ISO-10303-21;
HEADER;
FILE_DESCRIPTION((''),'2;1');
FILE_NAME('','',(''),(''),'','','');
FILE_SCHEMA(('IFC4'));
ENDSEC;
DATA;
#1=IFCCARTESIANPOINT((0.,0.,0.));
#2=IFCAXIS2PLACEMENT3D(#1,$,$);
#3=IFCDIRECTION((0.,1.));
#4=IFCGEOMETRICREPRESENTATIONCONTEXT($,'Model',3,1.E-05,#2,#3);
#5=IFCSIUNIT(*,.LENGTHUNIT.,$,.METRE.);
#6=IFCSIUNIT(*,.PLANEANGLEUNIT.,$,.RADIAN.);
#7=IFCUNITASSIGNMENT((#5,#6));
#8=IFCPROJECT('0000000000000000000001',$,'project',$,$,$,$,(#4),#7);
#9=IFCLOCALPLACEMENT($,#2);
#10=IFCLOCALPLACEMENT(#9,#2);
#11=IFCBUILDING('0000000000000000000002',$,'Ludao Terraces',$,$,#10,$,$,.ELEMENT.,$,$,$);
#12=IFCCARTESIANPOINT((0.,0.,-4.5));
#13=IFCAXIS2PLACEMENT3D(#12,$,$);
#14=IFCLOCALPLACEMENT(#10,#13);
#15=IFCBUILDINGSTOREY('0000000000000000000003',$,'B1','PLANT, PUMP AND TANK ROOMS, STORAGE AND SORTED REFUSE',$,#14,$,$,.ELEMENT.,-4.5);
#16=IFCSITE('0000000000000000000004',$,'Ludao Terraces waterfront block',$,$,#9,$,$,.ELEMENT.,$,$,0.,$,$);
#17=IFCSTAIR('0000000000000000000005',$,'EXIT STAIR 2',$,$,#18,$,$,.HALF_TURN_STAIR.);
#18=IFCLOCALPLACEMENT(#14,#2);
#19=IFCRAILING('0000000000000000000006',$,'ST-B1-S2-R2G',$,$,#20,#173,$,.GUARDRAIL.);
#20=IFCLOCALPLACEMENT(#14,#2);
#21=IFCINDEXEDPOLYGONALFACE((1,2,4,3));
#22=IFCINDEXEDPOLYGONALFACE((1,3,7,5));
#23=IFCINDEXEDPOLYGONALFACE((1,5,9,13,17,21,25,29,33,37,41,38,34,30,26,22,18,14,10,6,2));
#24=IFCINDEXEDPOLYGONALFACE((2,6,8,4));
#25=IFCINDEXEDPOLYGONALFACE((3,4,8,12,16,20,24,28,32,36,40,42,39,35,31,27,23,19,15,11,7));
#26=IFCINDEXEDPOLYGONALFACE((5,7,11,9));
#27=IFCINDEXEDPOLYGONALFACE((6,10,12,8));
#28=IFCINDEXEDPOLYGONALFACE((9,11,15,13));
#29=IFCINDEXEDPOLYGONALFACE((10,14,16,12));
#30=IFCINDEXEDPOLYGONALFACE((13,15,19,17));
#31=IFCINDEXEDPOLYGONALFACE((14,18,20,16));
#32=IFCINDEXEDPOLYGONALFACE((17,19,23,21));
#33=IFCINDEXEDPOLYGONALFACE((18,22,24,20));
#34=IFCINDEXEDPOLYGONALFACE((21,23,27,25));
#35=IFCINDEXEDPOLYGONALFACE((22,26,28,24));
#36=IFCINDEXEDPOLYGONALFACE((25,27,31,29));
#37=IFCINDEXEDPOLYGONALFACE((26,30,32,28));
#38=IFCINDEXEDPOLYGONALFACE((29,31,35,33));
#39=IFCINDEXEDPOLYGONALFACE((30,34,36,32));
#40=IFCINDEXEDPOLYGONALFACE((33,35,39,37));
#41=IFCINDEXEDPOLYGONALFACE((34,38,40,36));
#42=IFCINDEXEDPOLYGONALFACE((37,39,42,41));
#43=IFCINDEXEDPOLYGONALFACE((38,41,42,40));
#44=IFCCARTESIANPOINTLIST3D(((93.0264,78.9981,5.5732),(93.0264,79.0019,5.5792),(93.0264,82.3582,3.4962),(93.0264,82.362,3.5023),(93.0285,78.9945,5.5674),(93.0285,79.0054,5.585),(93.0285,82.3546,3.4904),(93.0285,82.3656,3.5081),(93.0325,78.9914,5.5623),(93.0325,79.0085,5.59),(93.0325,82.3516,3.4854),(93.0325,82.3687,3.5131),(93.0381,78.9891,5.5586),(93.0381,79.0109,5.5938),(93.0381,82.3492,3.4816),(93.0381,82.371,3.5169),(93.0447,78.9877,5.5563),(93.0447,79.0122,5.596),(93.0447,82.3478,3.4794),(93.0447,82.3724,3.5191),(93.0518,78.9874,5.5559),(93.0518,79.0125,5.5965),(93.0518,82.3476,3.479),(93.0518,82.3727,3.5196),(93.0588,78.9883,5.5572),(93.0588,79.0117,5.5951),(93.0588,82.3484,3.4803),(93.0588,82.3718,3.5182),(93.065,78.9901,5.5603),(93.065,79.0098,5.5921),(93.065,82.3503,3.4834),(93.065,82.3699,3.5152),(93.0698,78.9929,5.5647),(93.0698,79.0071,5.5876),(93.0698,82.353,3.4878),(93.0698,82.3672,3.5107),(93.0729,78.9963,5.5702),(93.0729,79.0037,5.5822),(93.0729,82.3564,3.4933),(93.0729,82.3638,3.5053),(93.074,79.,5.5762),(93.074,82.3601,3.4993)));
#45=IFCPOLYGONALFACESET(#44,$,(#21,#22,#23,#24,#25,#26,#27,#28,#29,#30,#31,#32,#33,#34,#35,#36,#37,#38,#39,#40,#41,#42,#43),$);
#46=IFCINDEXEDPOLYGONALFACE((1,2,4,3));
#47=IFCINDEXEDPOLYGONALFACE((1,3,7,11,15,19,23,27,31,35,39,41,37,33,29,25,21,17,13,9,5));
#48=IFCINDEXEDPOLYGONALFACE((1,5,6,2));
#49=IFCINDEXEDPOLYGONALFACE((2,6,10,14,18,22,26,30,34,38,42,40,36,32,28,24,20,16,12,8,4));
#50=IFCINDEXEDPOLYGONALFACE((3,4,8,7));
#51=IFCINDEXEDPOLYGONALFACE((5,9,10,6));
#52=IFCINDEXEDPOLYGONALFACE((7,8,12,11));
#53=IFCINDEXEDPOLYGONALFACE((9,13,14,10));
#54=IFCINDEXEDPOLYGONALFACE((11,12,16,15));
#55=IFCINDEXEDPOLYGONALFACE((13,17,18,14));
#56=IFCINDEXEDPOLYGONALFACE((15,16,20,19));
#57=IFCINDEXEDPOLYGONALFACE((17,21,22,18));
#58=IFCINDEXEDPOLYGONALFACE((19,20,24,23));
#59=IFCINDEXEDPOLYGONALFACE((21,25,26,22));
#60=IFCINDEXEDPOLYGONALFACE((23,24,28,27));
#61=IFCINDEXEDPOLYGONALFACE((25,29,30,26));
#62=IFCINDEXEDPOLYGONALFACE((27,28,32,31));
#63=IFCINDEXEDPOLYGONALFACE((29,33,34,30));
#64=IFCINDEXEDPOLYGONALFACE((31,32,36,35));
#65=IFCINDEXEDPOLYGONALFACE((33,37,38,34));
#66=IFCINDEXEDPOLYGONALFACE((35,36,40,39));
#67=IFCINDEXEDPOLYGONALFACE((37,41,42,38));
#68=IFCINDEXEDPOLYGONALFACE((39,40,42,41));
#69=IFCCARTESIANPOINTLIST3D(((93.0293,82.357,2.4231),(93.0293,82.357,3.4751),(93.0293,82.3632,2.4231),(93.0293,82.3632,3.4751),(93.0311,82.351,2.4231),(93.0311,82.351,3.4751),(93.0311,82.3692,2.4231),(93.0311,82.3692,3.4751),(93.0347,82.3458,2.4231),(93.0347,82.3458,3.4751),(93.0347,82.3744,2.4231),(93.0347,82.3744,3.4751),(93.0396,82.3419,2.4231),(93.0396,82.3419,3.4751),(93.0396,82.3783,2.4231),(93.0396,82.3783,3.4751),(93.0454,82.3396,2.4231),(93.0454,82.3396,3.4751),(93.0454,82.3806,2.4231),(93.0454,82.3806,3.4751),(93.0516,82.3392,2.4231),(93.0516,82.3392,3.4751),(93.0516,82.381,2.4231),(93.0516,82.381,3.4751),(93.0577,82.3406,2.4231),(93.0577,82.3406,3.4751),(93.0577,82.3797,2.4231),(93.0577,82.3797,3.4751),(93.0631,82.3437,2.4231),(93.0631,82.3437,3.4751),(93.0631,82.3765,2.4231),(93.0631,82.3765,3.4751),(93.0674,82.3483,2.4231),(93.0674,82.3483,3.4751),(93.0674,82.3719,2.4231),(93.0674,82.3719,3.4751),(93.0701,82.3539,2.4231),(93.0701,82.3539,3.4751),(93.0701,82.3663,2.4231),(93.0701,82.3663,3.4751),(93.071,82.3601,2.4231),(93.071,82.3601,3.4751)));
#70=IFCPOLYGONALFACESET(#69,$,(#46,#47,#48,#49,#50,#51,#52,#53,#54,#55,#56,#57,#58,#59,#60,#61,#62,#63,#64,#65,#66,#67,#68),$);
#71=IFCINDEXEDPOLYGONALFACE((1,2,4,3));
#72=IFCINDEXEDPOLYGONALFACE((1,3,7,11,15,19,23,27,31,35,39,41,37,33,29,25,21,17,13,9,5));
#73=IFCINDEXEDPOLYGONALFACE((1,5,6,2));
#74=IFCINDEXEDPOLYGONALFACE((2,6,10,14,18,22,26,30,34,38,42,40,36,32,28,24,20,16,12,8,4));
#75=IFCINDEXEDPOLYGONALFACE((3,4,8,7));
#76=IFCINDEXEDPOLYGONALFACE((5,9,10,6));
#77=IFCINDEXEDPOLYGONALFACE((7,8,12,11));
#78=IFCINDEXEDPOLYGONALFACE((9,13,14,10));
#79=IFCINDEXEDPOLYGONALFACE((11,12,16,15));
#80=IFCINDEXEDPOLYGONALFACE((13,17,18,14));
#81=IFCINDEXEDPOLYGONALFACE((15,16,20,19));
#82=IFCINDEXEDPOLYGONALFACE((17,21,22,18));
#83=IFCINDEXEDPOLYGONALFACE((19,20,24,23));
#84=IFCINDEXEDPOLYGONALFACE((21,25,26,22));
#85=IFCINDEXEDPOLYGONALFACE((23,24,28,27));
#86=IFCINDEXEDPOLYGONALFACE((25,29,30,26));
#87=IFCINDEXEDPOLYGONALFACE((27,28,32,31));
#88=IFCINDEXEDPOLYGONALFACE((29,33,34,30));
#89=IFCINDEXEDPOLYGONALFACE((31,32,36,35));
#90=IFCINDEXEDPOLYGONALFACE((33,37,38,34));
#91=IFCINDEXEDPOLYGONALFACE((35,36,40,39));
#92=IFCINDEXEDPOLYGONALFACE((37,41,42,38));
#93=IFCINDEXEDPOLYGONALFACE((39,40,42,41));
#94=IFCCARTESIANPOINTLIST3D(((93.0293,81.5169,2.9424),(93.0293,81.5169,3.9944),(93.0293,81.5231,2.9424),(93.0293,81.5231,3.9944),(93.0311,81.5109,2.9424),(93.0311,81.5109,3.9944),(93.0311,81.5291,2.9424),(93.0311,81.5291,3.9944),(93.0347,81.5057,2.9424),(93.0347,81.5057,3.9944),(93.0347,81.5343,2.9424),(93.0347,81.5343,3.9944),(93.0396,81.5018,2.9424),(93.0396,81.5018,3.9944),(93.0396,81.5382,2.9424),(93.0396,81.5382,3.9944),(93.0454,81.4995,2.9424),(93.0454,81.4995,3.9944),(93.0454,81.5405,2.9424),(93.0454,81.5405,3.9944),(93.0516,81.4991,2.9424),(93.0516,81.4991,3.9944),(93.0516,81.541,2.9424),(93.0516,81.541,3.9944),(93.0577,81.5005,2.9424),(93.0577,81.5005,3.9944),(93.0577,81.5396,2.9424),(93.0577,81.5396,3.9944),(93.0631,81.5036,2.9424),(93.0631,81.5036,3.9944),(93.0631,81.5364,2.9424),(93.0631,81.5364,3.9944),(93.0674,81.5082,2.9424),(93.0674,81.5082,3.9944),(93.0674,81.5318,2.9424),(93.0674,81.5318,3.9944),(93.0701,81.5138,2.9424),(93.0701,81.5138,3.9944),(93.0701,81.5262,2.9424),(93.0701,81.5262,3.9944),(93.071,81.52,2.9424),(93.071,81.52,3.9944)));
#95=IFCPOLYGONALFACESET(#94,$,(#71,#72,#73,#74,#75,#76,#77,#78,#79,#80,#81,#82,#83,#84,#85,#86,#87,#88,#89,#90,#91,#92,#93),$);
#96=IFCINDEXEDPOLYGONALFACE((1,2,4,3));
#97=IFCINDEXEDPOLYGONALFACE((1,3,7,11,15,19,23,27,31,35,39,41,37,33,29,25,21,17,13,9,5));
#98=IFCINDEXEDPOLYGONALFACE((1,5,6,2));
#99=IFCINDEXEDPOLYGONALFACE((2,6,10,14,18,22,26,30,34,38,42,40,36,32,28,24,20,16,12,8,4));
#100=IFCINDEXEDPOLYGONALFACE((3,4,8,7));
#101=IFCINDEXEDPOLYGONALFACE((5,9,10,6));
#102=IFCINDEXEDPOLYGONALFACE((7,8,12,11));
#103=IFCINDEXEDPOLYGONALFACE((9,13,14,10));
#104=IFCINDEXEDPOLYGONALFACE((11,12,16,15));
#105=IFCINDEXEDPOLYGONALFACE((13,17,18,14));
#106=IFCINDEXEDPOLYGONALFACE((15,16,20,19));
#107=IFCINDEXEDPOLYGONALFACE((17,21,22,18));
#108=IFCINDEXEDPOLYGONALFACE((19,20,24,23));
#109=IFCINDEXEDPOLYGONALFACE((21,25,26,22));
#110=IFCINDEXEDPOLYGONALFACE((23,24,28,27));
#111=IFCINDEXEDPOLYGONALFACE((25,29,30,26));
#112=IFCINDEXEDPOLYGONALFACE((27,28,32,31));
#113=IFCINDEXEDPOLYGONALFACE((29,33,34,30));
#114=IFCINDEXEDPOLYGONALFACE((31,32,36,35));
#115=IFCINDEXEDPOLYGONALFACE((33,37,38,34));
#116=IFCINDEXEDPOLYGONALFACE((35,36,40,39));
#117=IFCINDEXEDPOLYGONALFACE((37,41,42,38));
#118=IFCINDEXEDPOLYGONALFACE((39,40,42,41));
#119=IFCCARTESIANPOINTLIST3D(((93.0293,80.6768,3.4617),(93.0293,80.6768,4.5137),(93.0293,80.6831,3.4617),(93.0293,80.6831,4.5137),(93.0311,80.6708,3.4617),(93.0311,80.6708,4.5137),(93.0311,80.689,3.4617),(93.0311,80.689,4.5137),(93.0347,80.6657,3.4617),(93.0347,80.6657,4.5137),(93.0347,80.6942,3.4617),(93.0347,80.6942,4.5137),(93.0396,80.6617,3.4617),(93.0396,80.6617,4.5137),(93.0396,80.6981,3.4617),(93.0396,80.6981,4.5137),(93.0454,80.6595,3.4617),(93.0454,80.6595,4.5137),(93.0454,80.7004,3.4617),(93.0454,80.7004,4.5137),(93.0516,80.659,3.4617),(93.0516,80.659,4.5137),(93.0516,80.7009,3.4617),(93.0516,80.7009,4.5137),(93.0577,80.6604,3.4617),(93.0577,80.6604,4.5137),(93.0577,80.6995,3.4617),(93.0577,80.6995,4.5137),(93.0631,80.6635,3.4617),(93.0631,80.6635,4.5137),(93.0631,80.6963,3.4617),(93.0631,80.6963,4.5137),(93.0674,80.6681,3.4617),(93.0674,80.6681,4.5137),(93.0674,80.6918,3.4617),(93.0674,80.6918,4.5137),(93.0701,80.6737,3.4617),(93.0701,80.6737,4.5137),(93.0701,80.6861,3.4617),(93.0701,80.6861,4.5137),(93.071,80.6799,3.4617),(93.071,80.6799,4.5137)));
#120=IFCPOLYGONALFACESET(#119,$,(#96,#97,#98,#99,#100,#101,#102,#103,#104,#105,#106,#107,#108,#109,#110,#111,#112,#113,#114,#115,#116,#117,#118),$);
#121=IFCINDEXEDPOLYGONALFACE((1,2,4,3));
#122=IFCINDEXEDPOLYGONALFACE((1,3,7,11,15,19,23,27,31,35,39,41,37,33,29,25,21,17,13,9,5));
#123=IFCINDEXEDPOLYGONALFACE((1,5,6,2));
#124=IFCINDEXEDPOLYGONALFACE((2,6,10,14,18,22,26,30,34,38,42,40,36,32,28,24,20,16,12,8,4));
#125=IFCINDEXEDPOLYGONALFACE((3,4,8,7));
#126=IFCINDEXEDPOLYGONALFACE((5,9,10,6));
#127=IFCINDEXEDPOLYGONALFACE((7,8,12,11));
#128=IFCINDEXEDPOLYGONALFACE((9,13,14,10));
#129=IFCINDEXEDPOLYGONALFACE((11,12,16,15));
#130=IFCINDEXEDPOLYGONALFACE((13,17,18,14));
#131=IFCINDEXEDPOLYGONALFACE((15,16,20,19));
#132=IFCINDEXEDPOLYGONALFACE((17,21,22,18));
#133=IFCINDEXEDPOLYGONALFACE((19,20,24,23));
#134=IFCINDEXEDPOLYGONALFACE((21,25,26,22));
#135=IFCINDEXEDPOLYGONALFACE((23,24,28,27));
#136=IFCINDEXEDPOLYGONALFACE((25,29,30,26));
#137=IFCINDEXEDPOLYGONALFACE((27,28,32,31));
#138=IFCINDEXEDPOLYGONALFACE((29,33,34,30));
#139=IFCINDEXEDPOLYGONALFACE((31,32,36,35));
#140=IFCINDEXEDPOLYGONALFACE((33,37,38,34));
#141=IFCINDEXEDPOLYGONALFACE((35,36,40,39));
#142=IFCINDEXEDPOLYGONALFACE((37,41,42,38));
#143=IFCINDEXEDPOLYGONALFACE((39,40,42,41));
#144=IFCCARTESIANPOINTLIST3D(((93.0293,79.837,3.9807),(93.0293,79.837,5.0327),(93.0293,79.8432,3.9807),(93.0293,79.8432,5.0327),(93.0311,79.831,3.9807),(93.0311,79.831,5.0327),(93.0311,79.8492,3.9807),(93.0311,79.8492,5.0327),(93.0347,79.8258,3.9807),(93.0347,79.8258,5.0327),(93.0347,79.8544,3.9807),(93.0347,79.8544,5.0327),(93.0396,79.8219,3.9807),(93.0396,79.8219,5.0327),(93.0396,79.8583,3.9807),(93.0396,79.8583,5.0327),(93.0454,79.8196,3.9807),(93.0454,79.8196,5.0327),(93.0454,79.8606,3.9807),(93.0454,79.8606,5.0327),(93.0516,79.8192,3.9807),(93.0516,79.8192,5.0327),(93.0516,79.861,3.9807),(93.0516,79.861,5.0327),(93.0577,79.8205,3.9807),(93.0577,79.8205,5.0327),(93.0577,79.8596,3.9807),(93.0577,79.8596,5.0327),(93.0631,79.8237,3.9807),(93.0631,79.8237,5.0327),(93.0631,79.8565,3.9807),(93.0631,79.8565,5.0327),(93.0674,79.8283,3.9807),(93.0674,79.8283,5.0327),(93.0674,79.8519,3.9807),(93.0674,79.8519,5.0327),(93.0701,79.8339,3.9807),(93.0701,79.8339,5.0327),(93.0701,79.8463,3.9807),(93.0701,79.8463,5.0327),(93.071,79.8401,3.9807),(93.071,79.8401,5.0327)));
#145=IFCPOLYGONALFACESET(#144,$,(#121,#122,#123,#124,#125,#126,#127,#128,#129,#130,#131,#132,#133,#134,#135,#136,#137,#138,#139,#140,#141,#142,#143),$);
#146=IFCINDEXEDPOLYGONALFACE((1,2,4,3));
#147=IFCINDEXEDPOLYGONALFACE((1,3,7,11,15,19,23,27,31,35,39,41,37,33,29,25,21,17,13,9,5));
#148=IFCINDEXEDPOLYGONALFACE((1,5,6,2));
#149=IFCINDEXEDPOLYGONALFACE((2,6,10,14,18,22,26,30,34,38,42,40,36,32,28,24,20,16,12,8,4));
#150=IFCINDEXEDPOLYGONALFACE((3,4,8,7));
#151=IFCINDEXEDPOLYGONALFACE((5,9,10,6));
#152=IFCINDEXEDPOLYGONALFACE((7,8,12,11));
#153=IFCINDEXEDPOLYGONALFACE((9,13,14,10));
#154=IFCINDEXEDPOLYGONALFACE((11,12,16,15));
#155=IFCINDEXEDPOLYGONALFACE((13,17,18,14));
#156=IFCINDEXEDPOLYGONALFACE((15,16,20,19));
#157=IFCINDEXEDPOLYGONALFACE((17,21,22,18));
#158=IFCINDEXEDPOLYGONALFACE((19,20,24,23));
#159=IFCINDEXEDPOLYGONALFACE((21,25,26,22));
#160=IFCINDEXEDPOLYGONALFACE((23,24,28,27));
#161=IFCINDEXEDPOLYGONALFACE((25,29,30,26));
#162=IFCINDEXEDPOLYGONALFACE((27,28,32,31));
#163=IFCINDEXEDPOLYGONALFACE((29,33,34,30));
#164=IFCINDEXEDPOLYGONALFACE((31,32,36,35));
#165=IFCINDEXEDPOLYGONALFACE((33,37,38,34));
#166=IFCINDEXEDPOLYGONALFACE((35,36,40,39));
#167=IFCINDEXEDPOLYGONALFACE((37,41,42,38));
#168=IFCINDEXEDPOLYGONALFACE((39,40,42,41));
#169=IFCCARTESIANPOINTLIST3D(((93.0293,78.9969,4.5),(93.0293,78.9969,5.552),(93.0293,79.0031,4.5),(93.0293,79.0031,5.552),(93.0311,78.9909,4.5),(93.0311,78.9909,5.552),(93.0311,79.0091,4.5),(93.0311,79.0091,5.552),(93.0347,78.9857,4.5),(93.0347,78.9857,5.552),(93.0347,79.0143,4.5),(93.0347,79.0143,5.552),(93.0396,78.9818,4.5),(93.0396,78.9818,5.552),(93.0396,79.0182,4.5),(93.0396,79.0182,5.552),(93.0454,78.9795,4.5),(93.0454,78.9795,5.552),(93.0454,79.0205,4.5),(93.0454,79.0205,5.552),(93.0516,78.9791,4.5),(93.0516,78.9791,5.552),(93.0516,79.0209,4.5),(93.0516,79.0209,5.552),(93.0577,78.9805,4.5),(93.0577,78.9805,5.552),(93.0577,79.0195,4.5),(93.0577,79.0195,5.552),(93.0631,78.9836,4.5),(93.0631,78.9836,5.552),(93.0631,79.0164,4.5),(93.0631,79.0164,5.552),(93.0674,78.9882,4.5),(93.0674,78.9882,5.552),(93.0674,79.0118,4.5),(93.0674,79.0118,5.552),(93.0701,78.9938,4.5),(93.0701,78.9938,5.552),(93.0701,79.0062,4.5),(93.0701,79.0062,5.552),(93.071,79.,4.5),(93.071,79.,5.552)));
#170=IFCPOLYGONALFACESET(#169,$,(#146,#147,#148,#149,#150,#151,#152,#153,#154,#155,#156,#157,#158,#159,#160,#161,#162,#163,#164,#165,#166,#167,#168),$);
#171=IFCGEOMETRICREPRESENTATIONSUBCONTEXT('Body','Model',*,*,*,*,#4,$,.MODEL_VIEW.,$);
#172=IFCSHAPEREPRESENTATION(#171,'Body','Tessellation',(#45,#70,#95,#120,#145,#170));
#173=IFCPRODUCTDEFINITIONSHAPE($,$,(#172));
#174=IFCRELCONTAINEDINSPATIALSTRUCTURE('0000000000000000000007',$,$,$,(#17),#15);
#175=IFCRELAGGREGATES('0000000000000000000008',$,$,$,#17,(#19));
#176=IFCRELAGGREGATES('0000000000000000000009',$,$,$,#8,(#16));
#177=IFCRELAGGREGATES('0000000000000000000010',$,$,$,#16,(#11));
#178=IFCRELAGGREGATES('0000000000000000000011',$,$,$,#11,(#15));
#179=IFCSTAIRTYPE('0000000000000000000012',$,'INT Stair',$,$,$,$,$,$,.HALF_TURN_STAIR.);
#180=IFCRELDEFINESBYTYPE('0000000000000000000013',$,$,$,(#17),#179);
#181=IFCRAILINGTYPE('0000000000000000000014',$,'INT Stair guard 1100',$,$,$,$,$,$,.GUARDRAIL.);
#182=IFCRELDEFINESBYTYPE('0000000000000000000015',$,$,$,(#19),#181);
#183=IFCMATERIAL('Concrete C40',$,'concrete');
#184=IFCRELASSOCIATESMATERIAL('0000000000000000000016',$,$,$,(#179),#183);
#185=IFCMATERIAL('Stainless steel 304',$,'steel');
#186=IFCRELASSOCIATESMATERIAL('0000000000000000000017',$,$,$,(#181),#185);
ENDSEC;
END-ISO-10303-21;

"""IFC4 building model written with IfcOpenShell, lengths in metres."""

from ifc_helpers import new_model, si_unit, direction, frame, origin, origin_2d, place, context, subcontext, project, spatial, circle, extrude, material, type_object, element, aggregate, save


model = new_model("IFC4")

# Units and contexts
model_context = context("Model", 3, precision=1e-05, world=origin(), true_north=direction((0.0, 1.0)))
body_context = subcontext(model_context, "Body", "Model", "MODEL_VIEW")
ifc_project = project(units=[si_unit("LENGTHUNIT", "METRE"), si_unit("PLANEANGLEUNIT", "RADIAN")], contexts=[model_context])

# Site, building, storey
site_placement = place(None, origin())
site = spatial("IfcSite", under=ifc_project, at=site_placement, Name="Ludao Terraces waterfront block", CompositionType="ELEMENT", RefElevation=0.0)
building_placement = place(site_placement, origin())
building = spatial("IfcBuilding", under=site, at=building_placement, Name="Ludao Terraces", CompositionType="ELEMENT")
storey_placement = place(building_placement, frame((0.0, 0.0, -4.5)))
storey = spatial("IfcBuildingStorey", under=building, at=storey_placement, Name="B1", Description="PLANT, PUMP AND TANK ROOMS, STORAGE AND SORTED REFUSE", CompositionType="ELEMENT", Elevation=-4.5)

# Stair, railing
ifc_material_1 = material(Name="Concrete C40", Category="concrete")
stair_type = type_object("IfcStairType", Name="INT Stair", PredefinedType="HALF_TURN_STAIR", material=ifc_material_1)
stair_placement = place(storey_placement, origin())
stair = element("IfcStair", 1, at=stair_placement, inside=storey, type_object=stair_type, Name="EXIT STAIR 2", PredefinedType="HALF_TURN_STAIR")
ifc_material_2 = material(Name="Stainless steel 304", Category="steel")
railing_type_1 = type_object("IfcRailingType", Name="INT Stair guard 1100", PredefinedType="GUARDRAIL", material=ifc_material_2)
railing_1_placement = place(storey_placement, frame((93.05, 82.3601, 2.4231)))
railing_1 = element("IfcRailing", 2, at=railing_1_placement, type_object=railing_type_1, Name="ST-B1-S2-R2G", PredefinedType="GUARDRAIL", context=body_context, shape_type="SweptSolid", body=[
    extrude(circle(Radius=0.0239, at=origin_2d()), frame((0.0, 0.0, 1.0762), z_axis=(0.0, -0.850623, 0.525776), x_axis=(1.0, 0.0, 0.0)), (0.0, 0.0, 1.0), 3.9502),
    extrude(circle(Radius=0.021, at=origin_2d()), origin(), (0.0, 0.0, 1.0), 1.052),
    extrude(circle(Radius=0.021, at=origin_2d()), frame((0.0, -0.8401, 0.5193)), (0.0, 0.0, 1.0), 1.052),
    extrude(circle(Radius=0.021, at=origin_2d()), frame((0.0, -1.6802, 1.0386)), (0.0, 0.0, 1.0), 1.052),
    extrude(circle(Radius=0.021, at=origin_2d()), frame((0.0, -2.52, 1.5576)), (0.0, 0.0, 1.0), 1.052),
    extrude(circle(Radius=0.021, at=origin_2d()), frame((0.0, -3.3601, 2.0769)), (0.0, 0.0, 1.0), 1.052),
])
aggregate(stair, [railing_1])

save(model, "model.ifc")
